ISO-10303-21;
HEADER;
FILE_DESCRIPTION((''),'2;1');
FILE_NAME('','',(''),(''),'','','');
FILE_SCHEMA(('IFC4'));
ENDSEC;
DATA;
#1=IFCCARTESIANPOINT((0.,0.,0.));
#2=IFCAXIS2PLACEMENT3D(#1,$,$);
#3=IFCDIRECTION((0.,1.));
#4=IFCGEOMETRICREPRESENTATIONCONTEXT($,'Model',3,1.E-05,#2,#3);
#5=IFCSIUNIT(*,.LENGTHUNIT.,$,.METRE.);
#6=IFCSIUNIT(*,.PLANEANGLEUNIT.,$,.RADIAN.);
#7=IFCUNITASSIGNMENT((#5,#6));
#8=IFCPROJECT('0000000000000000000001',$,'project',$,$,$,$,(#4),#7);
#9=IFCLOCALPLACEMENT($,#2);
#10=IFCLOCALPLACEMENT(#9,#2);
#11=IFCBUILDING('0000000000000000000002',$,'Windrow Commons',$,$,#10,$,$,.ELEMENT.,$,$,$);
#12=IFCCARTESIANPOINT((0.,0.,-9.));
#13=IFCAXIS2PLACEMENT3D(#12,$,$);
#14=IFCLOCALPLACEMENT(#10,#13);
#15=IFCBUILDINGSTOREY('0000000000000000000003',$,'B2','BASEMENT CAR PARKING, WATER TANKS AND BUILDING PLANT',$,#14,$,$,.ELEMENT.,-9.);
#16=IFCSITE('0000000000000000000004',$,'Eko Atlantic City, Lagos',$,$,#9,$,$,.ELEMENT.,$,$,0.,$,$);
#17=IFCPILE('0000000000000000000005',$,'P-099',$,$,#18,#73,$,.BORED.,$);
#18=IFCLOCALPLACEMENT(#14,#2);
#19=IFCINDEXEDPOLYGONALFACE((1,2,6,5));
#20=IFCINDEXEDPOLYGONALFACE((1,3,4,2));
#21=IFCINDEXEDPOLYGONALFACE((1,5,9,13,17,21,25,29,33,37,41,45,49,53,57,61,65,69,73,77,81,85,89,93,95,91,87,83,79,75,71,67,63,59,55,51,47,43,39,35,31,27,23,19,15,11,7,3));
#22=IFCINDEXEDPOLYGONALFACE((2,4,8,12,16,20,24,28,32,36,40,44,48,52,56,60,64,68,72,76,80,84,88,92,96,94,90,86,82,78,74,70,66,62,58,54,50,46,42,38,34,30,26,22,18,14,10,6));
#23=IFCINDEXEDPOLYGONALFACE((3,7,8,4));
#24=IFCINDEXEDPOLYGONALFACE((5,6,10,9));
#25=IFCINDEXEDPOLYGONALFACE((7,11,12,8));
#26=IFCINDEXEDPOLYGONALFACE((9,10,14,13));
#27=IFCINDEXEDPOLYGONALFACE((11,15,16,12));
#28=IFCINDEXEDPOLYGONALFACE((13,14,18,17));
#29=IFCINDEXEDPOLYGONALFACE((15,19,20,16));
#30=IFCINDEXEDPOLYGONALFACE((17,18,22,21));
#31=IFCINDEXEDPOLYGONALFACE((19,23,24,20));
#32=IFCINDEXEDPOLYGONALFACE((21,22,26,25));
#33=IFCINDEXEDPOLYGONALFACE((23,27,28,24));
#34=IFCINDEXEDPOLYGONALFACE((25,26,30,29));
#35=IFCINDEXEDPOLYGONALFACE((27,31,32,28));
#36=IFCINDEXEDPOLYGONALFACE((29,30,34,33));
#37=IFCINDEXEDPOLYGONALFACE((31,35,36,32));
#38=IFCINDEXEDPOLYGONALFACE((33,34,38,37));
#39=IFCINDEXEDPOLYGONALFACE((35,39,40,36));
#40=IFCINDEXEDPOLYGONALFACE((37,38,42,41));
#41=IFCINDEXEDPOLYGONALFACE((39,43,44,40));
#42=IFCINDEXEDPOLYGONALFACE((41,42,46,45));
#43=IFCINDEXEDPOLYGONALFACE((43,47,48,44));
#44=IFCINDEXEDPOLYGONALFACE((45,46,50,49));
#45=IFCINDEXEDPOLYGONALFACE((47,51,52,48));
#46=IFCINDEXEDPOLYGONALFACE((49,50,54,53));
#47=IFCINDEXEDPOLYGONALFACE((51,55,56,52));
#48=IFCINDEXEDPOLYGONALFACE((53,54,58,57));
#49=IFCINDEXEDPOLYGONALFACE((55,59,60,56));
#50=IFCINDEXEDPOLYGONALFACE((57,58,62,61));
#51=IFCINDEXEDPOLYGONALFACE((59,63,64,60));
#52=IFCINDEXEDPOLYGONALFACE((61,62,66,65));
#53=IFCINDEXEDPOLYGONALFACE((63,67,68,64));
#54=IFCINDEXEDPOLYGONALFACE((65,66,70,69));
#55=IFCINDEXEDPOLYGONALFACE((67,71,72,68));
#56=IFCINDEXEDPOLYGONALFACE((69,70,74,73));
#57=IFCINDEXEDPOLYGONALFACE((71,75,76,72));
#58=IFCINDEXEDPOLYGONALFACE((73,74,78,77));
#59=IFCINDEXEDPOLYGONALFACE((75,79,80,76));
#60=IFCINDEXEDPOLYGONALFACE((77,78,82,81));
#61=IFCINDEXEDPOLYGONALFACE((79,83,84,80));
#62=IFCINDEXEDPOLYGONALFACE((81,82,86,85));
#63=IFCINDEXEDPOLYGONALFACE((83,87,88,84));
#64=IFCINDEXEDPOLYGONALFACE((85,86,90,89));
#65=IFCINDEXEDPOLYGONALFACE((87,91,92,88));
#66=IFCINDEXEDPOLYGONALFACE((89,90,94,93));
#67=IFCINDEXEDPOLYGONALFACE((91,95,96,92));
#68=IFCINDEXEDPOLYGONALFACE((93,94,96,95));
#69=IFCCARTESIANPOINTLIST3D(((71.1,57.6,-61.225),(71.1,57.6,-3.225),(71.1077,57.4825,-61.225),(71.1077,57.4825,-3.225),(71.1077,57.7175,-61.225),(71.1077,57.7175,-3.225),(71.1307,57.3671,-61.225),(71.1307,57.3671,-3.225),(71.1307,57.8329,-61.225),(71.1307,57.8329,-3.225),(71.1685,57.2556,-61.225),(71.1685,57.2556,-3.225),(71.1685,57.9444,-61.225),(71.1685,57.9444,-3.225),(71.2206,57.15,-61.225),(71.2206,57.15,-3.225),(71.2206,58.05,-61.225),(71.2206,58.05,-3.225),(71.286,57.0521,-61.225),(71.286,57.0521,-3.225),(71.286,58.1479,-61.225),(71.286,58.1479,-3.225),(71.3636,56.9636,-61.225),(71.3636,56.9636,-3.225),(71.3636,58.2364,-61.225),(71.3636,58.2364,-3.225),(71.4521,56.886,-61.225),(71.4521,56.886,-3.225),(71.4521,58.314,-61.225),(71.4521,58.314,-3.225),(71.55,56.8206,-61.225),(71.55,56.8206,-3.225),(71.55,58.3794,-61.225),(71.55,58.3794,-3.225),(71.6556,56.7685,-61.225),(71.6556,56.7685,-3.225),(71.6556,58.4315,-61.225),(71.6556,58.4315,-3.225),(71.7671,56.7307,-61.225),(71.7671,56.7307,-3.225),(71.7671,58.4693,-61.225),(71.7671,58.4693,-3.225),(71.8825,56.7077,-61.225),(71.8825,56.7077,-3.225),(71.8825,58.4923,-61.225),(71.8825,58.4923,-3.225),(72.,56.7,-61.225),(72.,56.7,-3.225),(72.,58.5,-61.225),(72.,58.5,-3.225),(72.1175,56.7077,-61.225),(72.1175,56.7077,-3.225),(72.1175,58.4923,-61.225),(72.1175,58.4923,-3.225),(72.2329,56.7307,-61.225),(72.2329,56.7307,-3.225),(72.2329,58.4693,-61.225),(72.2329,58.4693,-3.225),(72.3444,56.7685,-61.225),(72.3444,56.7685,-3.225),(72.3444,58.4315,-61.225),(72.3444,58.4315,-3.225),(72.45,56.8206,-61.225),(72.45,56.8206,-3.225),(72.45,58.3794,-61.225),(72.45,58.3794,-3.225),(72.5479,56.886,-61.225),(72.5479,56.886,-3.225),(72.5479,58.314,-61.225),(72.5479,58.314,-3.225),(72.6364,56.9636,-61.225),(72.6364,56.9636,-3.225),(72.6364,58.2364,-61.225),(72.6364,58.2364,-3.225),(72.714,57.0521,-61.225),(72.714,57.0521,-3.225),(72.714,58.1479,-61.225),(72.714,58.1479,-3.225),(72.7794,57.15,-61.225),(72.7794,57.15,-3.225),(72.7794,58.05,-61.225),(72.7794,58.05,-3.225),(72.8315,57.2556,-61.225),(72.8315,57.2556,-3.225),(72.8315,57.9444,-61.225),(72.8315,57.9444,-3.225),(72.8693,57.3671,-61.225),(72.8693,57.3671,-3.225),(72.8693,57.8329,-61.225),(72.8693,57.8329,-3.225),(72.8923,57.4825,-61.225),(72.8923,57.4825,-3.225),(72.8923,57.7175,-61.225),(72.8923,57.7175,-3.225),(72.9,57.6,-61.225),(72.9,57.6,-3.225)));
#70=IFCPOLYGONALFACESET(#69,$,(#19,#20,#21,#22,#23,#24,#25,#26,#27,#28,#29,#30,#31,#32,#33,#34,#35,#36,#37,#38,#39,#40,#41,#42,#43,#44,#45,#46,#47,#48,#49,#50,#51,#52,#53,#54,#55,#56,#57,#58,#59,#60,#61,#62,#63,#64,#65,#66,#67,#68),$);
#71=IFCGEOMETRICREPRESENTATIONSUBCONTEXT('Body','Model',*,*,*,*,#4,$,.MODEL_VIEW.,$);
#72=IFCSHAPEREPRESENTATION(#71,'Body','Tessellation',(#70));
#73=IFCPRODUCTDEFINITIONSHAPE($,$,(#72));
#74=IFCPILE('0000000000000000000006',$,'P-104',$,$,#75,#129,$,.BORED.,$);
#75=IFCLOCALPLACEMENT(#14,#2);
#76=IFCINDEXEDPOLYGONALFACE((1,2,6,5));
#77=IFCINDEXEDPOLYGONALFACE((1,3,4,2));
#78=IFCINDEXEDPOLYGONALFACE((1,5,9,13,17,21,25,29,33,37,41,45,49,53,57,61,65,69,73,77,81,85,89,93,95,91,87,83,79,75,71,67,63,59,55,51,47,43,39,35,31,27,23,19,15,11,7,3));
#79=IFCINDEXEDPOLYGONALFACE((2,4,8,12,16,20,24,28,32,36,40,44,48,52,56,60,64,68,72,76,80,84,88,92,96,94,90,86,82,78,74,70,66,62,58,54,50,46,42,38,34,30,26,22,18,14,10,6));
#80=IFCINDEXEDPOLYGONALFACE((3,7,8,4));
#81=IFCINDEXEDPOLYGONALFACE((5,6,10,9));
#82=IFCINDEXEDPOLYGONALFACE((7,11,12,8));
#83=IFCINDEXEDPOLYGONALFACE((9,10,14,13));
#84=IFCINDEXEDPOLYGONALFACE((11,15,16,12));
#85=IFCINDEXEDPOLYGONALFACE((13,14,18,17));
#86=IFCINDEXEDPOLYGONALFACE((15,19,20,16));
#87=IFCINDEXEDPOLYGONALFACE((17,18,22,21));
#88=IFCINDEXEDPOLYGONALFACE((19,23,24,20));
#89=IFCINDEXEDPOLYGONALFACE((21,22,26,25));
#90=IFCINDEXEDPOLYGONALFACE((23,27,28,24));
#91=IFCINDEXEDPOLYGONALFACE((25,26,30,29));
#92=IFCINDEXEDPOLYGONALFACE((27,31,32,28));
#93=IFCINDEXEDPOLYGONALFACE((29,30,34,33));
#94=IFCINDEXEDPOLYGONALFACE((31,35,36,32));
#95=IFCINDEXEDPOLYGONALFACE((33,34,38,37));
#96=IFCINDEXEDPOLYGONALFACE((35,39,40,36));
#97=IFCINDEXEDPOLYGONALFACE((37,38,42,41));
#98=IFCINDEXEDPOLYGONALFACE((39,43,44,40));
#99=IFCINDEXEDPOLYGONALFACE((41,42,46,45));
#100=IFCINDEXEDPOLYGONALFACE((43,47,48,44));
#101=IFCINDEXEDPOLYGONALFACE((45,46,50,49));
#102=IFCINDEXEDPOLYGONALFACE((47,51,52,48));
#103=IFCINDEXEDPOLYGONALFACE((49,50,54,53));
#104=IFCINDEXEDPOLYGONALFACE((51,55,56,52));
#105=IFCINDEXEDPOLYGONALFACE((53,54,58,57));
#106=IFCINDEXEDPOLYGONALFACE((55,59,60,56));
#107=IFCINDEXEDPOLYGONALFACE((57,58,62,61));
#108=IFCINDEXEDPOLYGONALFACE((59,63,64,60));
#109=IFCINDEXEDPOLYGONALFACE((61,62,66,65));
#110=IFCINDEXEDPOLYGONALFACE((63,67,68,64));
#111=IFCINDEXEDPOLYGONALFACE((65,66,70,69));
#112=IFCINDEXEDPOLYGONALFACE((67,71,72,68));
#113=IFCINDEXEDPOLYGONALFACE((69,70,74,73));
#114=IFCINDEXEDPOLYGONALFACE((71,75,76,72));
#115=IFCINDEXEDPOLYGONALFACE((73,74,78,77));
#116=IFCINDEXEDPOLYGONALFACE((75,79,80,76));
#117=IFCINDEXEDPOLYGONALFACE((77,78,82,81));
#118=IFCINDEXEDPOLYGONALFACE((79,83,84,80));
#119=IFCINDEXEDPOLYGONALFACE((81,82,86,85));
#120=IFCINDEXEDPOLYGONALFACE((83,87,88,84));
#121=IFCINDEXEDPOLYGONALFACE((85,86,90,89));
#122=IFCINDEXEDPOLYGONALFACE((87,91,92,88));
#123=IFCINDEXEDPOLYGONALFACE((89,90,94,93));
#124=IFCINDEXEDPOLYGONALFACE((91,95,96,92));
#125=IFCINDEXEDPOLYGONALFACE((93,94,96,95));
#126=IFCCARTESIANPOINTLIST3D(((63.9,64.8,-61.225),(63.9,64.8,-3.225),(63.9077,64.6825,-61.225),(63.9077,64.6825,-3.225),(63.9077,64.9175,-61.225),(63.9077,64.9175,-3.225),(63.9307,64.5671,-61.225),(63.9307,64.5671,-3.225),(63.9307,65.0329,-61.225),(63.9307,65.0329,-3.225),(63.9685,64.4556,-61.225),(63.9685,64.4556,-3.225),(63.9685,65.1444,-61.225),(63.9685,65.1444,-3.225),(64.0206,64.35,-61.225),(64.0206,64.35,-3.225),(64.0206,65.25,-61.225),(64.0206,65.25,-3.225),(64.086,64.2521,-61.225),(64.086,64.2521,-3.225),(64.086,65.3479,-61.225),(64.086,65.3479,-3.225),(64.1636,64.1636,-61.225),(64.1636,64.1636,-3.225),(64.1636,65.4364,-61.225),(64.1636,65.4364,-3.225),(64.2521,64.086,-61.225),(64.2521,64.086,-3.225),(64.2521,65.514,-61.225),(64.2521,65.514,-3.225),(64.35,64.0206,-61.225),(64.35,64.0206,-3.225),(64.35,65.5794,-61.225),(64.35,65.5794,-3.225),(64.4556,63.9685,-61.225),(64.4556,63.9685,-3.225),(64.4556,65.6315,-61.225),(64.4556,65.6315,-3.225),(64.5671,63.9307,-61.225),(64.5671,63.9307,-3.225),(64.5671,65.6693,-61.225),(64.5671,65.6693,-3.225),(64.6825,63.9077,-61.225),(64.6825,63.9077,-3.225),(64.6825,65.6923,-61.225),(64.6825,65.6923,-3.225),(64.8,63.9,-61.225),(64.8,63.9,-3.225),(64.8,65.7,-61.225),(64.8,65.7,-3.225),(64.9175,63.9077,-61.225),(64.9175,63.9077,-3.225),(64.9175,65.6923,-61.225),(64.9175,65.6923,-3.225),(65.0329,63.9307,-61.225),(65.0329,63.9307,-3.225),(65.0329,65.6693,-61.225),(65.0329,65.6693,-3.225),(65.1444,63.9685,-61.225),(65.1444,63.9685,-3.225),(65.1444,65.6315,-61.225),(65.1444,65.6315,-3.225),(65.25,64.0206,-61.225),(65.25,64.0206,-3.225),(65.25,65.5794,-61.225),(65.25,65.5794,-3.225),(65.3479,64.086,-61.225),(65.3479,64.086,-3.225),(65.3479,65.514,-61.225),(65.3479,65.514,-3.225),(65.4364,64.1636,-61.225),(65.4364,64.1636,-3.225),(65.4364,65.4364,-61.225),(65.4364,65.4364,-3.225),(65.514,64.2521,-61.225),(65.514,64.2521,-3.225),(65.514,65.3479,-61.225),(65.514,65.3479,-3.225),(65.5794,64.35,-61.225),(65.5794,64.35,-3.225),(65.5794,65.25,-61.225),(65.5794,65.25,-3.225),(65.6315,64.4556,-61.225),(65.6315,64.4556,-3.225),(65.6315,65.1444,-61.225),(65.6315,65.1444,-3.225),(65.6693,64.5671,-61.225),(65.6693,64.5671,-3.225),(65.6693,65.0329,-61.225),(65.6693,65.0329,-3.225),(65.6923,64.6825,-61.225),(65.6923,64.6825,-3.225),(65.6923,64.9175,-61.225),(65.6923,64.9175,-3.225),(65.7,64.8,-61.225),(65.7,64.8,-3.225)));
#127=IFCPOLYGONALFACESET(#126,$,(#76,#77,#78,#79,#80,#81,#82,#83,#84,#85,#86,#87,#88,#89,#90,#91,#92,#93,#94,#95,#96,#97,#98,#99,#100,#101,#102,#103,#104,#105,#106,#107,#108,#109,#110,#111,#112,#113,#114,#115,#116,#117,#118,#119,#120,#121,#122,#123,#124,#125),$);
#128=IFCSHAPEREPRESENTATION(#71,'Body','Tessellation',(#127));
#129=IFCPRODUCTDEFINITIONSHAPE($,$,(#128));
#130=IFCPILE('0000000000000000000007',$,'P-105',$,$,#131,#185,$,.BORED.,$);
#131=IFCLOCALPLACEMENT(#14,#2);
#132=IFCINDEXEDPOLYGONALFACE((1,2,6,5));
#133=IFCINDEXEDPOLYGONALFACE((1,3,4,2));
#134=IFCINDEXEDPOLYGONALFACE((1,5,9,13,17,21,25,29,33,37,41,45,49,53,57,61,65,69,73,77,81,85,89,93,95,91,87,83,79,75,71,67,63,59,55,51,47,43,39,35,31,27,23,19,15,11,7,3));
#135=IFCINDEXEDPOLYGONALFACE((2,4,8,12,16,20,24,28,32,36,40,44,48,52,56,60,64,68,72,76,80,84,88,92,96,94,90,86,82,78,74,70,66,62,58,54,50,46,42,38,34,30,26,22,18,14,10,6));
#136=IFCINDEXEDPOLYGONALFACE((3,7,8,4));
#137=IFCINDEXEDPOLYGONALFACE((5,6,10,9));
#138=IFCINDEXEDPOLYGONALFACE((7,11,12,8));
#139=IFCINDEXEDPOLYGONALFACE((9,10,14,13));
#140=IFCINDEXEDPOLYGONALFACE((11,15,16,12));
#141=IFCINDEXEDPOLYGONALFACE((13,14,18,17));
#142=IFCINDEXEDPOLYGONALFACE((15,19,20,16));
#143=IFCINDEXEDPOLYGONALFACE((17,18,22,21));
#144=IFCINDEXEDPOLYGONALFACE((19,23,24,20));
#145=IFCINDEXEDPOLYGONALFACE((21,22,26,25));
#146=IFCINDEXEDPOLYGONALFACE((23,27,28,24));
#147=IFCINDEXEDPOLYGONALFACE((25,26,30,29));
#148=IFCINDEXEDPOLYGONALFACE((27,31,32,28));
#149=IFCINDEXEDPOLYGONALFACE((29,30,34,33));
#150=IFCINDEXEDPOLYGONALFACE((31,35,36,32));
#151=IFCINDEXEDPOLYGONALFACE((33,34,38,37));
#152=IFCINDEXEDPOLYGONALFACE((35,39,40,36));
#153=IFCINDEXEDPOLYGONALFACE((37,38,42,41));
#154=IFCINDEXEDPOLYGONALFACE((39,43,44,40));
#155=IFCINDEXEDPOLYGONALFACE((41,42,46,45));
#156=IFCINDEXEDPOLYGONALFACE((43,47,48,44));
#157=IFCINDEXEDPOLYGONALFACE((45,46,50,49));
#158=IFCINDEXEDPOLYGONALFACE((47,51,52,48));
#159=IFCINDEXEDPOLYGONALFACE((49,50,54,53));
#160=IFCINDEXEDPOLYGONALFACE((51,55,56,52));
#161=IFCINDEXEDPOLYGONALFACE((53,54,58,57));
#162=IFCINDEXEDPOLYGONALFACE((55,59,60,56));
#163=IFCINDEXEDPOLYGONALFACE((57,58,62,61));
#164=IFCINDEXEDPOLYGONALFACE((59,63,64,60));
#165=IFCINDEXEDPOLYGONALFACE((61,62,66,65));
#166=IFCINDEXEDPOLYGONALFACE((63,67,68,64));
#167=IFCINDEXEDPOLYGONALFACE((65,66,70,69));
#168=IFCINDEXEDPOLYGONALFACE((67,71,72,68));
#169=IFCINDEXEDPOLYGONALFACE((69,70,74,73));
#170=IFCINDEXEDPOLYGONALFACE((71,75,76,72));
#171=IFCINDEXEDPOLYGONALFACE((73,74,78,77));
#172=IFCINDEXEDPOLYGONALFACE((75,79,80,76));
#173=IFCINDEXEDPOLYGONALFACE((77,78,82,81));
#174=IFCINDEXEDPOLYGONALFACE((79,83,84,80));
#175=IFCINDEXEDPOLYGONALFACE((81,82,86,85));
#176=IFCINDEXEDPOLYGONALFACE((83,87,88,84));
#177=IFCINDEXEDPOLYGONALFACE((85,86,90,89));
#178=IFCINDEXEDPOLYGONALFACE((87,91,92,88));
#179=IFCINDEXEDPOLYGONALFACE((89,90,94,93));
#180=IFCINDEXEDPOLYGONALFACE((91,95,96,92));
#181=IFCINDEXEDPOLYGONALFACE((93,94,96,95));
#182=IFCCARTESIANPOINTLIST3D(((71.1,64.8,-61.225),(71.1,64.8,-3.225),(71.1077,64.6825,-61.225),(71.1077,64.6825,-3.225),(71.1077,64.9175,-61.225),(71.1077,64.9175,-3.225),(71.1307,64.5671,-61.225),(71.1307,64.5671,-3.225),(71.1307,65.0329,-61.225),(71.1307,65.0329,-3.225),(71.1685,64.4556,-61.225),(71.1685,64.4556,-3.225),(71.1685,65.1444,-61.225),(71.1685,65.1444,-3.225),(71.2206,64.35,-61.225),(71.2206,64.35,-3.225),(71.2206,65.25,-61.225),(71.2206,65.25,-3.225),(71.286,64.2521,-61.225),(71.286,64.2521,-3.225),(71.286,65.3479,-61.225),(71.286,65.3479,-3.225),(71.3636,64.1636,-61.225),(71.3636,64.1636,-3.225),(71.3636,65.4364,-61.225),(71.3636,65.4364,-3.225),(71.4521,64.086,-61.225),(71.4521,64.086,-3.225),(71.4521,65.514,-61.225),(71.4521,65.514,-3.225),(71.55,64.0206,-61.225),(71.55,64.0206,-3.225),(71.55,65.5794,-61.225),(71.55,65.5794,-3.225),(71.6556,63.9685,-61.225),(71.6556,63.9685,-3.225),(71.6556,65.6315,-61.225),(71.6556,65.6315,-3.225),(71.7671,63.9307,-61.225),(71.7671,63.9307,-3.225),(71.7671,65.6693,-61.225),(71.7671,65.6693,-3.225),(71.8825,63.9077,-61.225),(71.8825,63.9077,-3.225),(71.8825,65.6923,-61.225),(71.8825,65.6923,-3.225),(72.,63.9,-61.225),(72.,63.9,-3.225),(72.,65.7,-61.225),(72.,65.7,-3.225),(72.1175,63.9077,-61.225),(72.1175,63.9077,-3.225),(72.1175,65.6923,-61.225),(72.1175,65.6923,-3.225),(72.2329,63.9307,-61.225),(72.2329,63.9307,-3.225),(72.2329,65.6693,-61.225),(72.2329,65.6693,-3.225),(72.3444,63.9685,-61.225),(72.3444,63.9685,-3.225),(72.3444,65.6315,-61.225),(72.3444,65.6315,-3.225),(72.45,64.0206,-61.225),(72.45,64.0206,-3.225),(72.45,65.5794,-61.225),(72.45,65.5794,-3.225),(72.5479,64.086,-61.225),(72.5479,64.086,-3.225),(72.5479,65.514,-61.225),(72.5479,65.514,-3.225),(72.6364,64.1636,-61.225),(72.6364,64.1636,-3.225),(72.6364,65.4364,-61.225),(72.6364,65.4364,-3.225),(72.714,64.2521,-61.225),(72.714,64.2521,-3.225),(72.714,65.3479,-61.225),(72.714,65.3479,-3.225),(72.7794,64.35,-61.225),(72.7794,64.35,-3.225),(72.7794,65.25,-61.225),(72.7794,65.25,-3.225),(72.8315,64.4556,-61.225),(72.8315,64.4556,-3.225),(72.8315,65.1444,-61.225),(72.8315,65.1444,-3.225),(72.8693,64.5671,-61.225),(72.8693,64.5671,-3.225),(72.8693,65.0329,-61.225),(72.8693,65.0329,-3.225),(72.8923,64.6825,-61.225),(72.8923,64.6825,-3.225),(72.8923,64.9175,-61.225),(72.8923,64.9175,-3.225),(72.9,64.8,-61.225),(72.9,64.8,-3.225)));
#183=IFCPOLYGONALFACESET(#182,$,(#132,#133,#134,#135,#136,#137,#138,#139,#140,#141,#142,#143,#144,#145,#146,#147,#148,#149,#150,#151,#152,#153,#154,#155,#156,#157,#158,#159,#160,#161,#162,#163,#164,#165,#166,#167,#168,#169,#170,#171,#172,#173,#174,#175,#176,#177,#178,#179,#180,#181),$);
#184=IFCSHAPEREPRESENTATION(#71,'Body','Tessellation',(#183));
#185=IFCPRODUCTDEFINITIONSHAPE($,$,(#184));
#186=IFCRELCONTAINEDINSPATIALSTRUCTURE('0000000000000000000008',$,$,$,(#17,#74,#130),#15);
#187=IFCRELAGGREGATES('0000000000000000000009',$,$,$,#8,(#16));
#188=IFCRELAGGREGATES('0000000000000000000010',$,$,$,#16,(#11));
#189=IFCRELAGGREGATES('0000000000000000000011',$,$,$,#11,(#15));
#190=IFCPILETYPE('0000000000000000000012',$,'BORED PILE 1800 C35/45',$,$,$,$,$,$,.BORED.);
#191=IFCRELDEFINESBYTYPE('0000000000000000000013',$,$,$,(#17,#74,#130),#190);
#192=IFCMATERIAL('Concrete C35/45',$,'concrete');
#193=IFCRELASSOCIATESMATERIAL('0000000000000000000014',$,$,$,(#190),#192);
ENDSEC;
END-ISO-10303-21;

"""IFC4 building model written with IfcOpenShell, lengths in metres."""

from ifc_helpers import new_model, si_unit, direction, frame, origin, origin_2d, place, context, subcontext, project, spatial, circle, extrude, material, material_profile, profile_set, type_object, element, save


model = new_model("IFC4")

# Units and contexts
model_context = context("Model", 3, precision=1e-05, world=origin(), true_north=direction((0.0, 1.0)))
body_context = subcontext(model_context, "Body", "Model", "MODEL_VIEW")
ifc_project = project(units=[si_unit("LENGTHUNIT", "METRE"), si_unit("PLANEANGLEUNIT", "RADIAN")], contexts=[model_context])

# Site, building, storey
site_placement = place(None, origin())
site = spatial("IfcSite", under=ifc_project, at=site_placement, Name="Eko Atlantic City, Lagos", CompositionType="ELEMENT", RefElevation=0.0)
building_placement = place(site_placement, origin())
building = spatial("IfcBuilding", under=site, at=building_placement, Name="Windrow Commons", CompositionType="ELEMENT")
storey_placement = place(building_placement, frame((0.0, 0.0, -9.0)))
storey = spatial("IfcBuildingStorey", under=building, at=storey_placement, Name="B2", Description="BASEMENT CAR PARKING, WATER TANKS AND BUILDING PLANT", CompositionType="ELEMENT", Elevation=-9.0)

# Piles
ifc_material_1 = material(Name="Concrete C35/45", Category="concrete")
ifc_material_profile_1 = material_profile(ifc_material_1, circle(Radius=0.9, at=origin_2d()))
ifc_profile_set_1 = profile_set([ifc_material_profile_1], Name="Concrete C35/45")
pile_type = type_object("IfcPileType", Name="BORED PILE 1800 C35/45", PredefinedType="BORED", material=ifc_profile_set_1)
for number, where, z_axis, x_axis, name in (
    (1, (72.0, 57.6, -3.225), (0.0, 0.0, -1.0), (1.0, 0.0, 0.0), "P-099"),
    (2, (64.8, 64.8, -3.225), (0.0, 0.0, -1.0), (1.0, 0.0, 0.0), "P-104"),
    (3, (72.0, 64.8, -3.225), (0.0, 0.0, -1.0), (1.0, 0.0, 0.0), "P-105"),
):
    element("IfcPile", number, at=place(storey_placement, frame(where, z_axis=z_axis, x_axis=x_axis)), inside=storey, type_object=pile_type, Name=name, PredefinedType="BORED", context=body_context, shape_type="SweptSolid", body=[
        extrude(circle(Radius=0.9, at=origin_2d()), origin(), (0.0, 0.0, 1.0), 58.0),
    ])

save(model, "model.ifc")
